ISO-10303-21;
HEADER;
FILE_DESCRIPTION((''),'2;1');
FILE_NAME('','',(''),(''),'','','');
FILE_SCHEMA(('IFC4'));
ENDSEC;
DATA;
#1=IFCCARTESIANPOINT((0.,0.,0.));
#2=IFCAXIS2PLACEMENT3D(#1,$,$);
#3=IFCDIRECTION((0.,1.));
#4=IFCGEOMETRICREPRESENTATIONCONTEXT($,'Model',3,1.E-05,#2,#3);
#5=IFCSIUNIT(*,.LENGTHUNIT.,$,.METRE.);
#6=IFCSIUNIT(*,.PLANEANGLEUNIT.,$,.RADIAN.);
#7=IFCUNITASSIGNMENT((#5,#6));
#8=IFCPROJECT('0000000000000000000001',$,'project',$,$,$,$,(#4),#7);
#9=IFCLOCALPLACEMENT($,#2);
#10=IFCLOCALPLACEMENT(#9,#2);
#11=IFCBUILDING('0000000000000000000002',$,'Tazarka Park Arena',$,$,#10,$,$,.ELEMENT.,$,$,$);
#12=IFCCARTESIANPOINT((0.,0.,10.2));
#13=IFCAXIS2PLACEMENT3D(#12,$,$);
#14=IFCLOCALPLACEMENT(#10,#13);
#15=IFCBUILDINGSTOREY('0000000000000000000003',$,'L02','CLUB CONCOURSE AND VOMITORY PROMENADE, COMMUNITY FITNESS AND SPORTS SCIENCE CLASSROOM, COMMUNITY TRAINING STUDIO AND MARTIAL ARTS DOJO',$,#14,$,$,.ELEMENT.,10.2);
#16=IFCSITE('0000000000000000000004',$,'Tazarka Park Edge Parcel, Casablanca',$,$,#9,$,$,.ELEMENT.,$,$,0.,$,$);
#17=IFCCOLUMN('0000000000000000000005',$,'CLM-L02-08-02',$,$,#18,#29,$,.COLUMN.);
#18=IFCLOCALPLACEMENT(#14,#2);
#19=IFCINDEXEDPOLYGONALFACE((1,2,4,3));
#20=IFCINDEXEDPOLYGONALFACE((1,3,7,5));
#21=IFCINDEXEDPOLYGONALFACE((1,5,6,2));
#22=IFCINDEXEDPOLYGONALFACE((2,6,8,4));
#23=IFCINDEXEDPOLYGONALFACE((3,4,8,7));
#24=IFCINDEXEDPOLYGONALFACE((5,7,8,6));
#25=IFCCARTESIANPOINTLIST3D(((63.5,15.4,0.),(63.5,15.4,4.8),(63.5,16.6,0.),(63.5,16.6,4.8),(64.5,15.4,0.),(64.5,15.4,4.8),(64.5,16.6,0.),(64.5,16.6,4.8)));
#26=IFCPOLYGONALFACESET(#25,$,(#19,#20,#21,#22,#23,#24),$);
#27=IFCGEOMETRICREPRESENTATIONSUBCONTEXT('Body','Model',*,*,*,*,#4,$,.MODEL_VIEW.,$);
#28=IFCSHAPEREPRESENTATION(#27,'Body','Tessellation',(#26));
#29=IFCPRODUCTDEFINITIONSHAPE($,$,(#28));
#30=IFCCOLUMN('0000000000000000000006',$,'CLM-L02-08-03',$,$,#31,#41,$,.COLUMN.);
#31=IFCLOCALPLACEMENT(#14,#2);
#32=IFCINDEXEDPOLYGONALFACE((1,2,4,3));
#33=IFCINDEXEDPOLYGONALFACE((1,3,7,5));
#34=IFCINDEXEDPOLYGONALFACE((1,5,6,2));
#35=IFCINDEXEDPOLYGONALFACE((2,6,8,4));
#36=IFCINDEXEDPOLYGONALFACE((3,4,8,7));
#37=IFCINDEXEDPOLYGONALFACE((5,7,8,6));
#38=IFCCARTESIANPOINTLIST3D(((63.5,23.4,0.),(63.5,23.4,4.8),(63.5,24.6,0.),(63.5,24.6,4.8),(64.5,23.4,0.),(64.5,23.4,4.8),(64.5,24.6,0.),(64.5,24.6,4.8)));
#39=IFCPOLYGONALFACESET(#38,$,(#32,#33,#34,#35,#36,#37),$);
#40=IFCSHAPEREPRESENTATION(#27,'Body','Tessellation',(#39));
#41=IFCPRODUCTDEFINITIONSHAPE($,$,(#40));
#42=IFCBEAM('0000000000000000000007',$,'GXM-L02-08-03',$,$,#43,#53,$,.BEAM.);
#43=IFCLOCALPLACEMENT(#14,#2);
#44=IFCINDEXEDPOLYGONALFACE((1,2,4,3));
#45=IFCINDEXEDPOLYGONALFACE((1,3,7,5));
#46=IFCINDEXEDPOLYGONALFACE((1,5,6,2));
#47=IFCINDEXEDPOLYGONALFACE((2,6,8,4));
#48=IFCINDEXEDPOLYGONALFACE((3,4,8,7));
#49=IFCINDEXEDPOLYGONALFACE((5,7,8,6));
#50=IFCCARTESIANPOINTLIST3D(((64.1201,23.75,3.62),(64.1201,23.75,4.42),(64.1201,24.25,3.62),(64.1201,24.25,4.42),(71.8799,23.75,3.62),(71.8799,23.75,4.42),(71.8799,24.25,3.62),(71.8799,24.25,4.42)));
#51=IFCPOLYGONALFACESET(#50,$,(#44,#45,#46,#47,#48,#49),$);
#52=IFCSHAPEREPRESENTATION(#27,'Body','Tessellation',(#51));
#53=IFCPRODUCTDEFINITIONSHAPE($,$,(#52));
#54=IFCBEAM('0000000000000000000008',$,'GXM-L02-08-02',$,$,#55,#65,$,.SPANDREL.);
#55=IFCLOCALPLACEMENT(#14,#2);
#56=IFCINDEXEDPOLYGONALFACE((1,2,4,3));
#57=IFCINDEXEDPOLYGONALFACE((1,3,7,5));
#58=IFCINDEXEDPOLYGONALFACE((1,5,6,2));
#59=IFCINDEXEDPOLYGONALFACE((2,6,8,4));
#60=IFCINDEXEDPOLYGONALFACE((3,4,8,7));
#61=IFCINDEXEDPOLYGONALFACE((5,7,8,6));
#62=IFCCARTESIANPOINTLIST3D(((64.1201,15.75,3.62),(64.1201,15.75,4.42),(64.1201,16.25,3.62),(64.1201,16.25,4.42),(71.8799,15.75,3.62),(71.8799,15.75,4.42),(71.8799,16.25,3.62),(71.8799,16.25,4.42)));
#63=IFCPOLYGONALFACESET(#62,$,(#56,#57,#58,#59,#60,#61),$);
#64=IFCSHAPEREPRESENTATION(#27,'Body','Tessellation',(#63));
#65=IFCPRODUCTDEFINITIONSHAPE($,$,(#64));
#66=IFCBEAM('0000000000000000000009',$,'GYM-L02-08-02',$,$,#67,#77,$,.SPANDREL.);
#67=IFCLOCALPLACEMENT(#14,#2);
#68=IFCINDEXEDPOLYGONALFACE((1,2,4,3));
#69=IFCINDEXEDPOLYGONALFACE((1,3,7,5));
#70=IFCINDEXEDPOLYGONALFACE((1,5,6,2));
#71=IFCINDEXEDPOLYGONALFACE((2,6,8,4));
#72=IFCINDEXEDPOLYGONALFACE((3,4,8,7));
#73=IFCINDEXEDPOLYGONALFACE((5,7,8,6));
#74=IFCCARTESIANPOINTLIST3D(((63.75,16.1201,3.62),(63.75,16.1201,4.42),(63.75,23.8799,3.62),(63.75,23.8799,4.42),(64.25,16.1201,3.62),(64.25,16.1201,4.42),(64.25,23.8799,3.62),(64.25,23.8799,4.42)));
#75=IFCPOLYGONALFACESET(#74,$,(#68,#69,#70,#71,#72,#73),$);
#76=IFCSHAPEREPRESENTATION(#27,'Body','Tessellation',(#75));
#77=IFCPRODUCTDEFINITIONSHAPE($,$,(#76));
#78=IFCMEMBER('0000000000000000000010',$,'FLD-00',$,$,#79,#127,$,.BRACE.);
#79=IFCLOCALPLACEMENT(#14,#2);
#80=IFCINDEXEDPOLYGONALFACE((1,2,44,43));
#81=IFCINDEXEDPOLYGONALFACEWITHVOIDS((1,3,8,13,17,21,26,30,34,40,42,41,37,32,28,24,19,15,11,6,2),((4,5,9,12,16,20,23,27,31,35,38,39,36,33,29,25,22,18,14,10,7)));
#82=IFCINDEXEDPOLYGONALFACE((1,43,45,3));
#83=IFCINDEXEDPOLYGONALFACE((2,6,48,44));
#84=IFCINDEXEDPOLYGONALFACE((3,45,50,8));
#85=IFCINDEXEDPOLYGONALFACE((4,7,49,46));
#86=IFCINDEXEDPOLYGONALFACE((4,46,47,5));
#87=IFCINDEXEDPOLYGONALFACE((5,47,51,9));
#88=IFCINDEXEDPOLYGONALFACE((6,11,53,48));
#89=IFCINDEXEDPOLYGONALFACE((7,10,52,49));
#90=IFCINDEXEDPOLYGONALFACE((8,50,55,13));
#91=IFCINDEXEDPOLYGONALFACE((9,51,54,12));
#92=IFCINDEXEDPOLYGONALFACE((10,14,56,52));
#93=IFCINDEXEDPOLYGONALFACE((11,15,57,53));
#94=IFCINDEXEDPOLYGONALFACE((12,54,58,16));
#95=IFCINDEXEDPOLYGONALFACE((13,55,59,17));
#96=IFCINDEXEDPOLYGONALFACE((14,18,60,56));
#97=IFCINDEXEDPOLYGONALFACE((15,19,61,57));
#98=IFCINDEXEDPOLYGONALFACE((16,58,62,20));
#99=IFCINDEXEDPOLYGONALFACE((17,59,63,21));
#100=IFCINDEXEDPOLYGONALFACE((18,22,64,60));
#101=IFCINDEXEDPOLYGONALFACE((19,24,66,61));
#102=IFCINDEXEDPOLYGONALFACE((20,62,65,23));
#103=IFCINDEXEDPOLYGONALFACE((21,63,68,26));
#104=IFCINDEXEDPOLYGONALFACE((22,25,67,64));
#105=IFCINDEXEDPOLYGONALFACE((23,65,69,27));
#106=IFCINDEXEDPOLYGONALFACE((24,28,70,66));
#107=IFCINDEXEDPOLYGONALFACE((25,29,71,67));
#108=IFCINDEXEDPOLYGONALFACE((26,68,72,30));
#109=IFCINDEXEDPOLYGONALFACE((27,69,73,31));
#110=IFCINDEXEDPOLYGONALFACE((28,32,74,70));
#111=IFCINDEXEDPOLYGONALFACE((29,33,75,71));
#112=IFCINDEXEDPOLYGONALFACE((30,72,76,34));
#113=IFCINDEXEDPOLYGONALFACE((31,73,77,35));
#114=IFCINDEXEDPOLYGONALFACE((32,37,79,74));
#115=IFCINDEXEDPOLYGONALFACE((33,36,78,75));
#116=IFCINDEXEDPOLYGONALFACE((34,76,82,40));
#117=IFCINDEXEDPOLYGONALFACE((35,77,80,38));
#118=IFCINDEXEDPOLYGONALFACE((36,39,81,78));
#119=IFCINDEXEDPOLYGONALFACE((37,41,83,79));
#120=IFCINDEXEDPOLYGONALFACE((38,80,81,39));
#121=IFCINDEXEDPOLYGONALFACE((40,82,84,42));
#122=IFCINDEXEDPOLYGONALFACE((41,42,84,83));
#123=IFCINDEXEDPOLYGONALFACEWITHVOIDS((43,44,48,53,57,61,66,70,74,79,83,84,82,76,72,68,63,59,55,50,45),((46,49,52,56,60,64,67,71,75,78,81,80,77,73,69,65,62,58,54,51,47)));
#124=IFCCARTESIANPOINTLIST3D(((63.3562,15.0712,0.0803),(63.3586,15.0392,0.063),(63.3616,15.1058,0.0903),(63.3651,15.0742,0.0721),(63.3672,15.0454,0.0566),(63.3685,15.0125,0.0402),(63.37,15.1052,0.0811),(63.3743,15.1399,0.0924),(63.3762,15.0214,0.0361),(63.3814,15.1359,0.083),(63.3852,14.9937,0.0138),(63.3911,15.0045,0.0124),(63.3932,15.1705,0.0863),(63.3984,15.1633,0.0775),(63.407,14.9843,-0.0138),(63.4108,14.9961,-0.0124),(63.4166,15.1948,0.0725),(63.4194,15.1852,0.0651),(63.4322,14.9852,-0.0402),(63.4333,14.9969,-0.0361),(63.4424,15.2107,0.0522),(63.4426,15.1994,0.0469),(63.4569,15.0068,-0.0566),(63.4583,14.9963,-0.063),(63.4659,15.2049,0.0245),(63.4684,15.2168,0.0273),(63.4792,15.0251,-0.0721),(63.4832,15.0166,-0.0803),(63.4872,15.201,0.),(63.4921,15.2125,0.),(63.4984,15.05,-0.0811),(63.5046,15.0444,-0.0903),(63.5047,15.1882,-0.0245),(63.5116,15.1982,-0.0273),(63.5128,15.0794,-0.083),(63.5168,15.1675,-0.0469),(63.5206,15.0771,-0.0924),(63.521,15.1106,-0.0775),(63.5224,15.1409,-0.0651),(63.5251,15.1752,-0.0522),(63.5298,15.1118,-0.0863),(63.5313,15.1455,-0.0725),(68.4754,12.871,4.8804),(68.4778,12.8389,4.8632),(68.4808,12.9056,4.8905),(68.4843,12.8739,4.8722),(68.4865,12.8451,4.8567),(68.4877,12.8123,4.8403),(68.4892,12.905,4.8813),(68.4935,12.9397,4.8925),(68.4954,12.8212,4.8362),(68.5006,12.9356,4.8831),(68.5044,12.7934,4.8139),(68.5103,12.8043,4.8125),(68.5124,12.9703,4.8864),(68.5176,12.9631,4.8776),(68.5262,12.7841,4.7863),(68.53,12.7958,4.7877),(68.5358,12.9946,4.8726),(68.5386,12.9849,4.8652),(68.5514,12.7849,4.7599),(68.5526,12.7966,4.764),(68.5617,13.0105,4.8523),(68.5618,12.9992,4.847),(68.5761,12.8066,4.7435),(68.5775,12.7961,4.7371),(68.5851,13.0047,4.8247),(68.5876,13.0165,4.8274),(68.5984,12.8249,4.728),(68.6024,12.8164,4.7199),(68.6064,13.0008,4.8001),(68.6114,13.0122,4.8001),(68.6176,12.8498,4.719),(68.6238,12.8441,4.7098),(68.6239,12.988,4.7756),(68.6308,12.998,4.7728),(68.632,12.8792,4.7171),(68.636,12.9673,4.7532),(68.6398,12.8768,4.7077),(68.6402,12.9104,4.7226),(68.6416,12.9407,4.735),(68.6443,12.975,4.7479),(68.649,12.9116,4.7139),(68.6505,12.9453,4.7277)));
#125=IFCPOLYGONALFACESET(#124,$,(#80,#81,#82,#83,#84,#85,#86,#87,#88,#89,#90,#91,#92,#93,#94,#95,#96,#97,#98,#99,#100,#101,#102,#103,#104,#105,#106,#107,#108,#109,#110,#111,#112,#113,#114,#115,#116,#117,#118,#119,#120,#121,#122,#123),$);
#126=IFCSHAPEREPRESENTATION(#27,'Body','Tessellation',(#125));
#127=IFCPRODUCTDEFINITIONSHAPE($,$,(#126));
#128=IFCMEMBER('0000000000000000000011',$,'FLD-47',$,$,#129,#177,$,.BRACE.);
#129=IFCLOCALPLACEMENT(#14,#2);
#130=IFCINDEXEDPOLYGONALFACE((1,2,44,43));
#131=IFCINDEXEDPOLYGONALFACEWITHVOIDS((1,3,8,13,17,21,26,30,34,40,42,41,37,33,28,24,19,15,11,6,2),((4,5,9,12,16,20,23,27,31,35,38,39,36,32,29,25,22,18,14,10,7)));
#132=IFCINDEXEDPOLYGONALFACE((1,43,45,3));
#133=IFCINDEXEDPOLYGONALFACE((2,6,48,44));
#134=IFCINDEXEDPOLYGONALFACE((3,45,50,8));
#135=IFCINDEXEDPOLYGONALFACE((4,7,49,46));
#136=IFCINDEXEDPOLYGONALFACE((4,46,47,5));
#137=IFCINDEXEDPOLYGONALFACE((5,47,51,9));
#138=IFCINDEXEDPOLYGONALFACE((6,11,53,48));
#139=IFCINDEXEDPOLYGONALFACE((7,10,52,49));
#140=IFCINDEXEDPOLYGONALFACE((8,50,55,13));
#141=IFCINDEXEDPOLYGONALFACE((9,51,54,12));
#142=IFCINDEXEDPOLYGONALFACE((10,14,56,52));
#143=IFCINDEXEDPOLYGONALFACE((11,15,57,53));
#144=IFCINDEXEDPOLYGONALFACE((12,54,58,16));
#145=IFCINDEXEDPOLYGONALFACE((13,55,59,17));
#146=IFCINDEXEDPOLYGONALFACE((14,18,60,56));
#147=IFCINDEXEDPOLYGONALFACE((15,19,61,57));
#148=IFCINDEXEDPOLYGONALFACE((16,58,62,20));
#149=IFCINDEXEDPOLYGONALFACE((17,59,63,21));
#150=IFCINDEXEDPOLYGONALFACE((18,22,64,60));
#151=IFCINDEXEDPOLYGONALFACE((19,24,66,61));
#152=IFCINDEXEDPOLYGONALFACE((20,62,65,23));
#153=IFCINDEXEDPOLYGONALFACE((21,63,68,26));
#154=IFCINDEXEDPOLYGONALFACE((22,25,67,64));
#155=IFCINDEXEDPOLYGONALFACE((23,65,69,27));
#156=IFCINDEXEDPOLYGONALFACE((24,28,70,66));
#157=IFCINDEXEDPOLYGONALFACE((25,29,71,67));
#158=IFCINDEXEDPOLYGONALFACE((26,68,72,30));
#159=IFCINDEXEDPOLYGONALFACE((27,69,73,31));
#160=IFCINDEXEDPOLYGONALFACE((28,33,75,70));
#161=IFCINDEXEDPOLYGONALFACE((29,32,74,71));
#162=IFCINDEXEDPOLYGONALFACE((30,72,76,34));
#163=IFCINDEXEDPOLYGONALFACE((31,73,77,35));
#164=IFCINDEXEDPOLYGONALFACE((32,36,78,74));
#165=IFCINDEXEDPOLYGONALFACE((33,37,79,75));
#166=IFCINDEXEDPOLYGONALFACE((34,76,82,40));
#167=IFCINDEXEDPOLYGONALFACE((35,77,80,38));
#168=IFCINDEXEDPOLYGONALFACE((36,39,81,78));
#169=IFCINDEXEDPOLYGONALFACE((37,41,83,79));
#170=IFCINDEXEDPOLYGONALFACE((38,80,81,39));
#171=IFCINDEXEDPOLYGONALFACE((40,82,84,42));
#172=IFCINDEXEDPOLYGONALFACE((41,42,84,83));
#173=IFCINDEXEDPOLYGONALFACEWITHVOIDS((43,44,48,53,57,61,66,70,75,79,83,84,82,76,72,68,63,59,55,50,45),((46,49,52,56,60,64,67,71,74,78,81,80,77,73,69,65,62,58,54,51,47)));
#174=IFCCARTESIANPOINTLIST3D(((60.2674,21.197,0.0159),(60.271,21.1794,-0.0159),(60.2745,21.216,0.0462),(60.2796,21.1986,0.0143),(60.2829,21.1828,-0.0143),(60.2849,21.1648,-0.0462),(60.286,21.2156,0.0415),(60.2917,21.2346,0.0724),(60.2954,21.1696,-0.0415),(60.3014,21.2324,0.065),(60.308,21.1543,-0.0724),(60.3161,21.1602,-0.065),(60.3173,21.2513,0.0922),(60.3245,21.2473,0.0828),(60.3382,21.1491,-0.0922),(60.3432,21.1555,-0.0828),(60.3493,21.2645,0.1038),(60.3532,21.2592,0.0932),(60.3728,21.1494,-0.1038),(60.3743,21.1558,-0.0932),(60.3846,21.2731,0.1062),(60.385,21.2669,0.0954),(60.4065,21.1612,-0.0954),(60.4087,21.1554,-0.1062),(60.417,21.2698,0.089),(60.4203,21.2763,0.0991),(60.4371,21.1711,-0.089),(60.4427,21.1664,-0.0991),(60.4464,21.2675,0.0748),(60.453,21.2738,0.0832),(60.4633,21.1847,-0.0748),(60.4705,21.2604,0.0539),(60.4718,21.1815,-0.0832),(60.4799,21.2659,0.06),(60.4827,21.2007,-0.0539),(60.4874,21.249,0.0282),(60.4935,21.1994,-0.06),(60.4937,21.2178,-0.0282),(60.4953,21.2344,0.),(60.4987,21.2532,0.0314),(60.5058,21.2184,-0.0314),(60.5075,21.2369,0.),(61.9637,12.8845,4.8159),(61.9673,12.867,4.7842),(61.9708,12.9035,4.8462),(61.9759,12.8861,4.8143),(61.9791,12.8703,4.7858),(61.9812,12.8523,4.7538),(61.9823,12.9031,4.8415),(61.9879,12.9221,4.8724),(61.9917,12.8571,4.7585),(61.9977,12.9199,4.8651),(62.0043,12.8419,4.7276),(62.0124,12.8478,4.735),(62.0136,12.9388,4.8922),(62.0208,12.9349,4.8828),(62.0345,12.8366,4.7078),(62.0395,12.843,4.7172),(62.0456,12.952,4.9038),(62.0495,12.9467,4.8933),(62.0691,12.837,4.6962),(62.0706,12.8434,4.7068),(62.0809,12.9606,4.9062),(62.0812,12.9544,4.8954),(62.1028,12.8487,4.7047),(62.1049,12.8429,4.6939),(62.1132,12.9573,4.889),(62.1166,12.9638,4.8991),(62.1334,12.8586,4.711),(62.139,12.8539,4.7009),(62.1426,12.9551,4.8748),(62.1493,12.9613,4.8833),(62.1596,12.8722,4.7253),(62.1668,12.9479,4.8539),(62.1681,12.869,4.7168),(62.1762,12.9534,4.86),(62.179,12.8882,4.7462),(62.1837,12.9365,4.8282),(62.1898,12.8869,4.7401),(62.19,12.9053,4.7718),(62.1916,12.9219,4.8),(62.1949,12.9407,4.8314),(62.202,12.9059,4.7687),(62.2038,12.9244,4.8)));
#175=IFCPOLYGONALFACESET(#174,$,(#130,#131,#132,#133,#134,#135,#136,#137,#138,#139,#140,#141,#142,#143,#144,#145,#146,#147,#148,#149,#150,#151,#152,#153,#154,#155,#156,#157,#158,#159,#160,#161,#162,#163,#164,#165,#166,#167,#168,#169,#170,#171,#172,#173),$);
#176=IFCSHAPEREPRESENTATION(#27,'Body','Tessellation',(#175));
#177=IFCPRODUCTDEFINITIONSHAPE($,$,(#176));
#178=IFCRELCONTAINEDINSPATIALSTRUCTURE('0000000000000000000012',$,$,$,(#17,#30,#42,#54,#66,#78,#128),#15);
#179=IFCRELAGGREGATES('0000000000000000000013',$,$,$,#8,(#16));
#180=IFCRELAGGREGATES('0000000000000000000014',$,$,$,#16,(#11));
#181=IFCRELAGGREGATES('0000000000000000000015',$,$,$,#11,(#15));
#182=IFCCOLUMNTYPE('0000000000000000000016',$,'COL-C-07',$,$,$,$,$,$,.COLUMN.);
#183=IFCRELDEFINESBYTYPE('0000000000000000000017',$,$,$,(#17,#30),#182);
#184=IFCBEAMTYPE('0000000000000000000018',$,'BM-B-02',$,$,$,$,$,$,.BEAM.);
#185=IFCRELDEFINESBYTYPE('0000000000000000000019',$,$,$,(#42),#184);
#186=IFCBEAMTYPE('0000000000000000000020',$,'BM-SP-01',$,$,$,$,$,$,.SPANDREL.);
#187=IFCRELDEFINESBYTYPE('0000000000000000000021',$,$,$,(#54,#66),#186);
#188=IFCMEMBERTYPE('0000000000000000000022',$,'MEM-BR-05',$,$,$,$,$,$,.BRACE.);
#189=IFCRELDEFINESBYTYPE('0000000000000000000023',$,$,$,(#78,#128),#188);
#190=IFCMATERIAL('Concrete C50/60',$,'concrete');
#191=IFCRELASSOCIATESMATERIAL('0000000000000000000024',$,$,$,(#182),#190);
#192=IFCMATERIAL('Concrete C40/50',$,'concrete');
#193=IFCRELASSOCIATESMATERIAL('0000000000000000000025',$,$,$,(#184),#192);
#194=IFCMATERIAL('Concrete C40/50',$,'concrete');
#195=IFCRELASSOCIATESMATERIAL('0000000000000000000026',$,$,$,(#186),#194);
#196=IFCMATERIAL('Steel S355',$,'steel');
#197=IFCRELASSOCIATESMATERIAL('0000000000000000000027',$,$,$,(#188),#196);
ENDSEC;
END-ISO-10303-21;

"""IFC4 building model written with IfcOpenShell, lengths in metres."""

from ifc_helpers import new_model, si_unit, direction, frame, origin, origin_2d, place, context, subcontext, project, spatial, rectangle, hollow_circle, extrude, material, material_profile, profile_set, type_object, element, save


model = new_model("IFC4")

# Units and contexts
model_context = context("Model", 3, precision=1e-05, world=origin(), true_north=direction((0.0, 1.0)))
body_context = subcontext(model_context, "Body", "Model", "MODEL_VIEW")
ifc_project = project(units=[si_unit("LENGTHUNIT", "METRE"), si_unit("PLANEANGLEUNIT", "RADIAN")], contexts=[model_context])

# Site, building, storey
site_placement = place(None, origin())
site = spatial("IfcSite", under=ifc_project, at=site_placement, Name="Tazarka Park Edge Parcel, Casablanca", CompositionType="ELEMENT", RefElevation=0.0)
building_placement = place(site_placement, origin())
building = spatial("IfcBuilding", under=site, at=building_placement, Name="Tazarka Park Arena", CompositionType="ELEMENT")
storey_placement = place(building_placement, frame((0.0, 0.0, 10.2)))
storey = spatial("IfcBuildingStorey", under=building, at=storey_placement, Name="L02", Description="CLUB CONCOURSE AND VOMITORY PROMENADE, COMMUNITY FITNESS AND SPORTS SCIENCE CLASSROOM, COMMUNITY TRAINING STUDIO AND MARTIAL ARTS DOJO", CompositionType="ELEMENT", Elevation=10.2)

# Columns
ifc_material_1 = material(Name="Concrete C50/60", Category="concrete")
ifc_material_profile_1 = material_profile(ifc_material_1, rectangle(XDim=1.0, YDim=1.2, at=origin_2d()), Name="Concrete C50/60")
ifc_profile_set_1 = profile_set([ifc_material_profile_1], Name="Concrete C50/60")
column_type = type_object("IfcColumnType", Name="COL-C-07", PredefinedType="COLUMN", material=ifc_profile_set_1)
for number, where, z_axis, x_axis, name in (
    (1, (64.0, 16.0, 0.0), (0.0, 0.0, 1.0), (1.0, 0.0, 0.0), "CLM-L02-08-02"),
    (2, (64.0, 24.0, 0.0), (0.0, 0.0, 1.0), (1.0, 0.0, 0.0), "CLM-L02-08-03"),
):
    element("IfcColumn", number, at=place(storey_placement, frame(where, z_axis=z_axis, x_axis=x_axis)), inside=storey, type_object=column_type, Name=name, PredefinedType="COLUMN", context=body_context, shape_type="SweptSolid", body=[
        extrude(rectangle(XDim=1.0, YDim=1.2, at=origin_2d()), origin(), (0.0, 0.0, 1.0), 4.8),
    ])

# Beams
ifc_material_2 = material(Name="Concrete C40/50", Category="concrete")
ifc_material_profile_2 = material_profile(ifc_material_2, rectangle(XDim=0.5, YDim=0.8, at=origin_2d()), Name="Concrete C40/50")
ifc_profile_set_2 = profile_set([ifc_material_profile_2], Name="Concrete C40/50")
beam_type_1 = type_object("IfcBeamType", Name="BM-B-02", PredefinedType="BEAM", material=ifc_profile_set_2)
beam_placement = place(storey_placement, frame((64.1201, 24.0, 4.02), z_axis=(1.0, 0.0, 0.0), x_axis=(0.0, 1.0, 0.0)))
element("IfcBeam", 3, at=beam_placement, inside=storey, type_object=beam_type_1, Name="GXM-L02-08-03", PredefinedType="BEAM", context=body_context, shape_type="SweptSolid", body=[
    extrude(rectangle(XDim=0.5, YDim=0.8, at=origin_2d()), origin(), (0.0, 0.0, 1.0), 7.7598),
])
ifc_material_3 = material(Name="Concrete C40/50", Category="concrete")
ifc_material_profile_3 = material_profile(ifc_material_3, rectangle(XDim=0.5, YDim=0.8, at=origin_2d()), Name="Concrete C40/50")
ifc_profile_set_3 = profile_set([ifc_material_profile_3], Name="Concrete C40/50")
beam_type_2 = type_object("IfcBeamType", Name="BM-SP-01", PredefinedType="SPANDREL", material=ifc_profile_set_3)
for number, where, z_axis, x_axis, name in (
    (4, (64.1201, 16.0, 4.02), (1.0, 0.0, 0.0), (0.0, 1.0, 0.0), "GXM-L02-08-02"),
    (5, (64.0, 16.1201, 4.02), (0.0, 1.0, 0.0), (-1.0, 0.0, 0.0), "GYM-L02-08-02"),
):
    element("IfcBeam", number, at=place(storey_placement, frame(where, z_axis=z_axis, x_axis=x_axis)), inside=storey, type_object=beam_type_2, Name=name, PredefinedType="SPANDREL", context=body_context, shape_type="SweptSolid", body=[
        extrude(rectangle(XDim=0.5, YDim=0.8, at=origin_2d()), origin(), (0.0, 0.0, 1.0), 7.7598),
    ])

# Members
ifc_material_4 = material(Name="Steel S355", Category="steel")
ifc_material_profile_4 = material_profile(ifc_material_4, hollow_circle(Radius=0.1223, WallThickness=0.0125, at=origin_2d()), Name="Steel S355")
ifc_profile_set_4 = profile_set([ifc_material_profile_4], Name="Steel S355")
member_type_1 = type_object("IfcMemberType", Name="MEM-BR-05", PredefinedType="BRACE", material=ifc_profile_set_4)
member_1_placement = place(storey_placement, frame((63.4438, 15.1001, 0.0), z_axis=(0.696067, -0.299168, 0.652679), x_axis=(0.394871, 0.918737, 0.0)))
element("IfcMember", 6, at=member_1_placement, inside=storey, type_object=member_type_1, Name="FLD-00", PredefinedType="BRACE", context=body_context, shape_type="SweptSolid", body=[
    extrude(hollow_circle(Radius=0.1223, WallThickness=0.0125, at=origin_2d()), origin(), (0.0, 0.0, 1.0), 7.3545),
])
member_2_placement = place(storey_placement, frame((60.3877, 21.2124, 0.0), z_axis=(0.174021, -0.852775, 0.492434), x_axis=(0.979807, 0.199944, 0.0)))
element("IfcMember", 7, at=member_2_placement, inside=storey, type_object=member_type_1, Name="FLD-47", PredefinedType="BRACE", context=body_context, shape_type="SweptSolid", body=[
    extrude(hollow_circle(Radius=0.1223, WallThickness=0.0125, at=origin_2d()), origin(), (0.0, 0.0, 1.0), 9.7476),
])

save(model, "model.ifc")
